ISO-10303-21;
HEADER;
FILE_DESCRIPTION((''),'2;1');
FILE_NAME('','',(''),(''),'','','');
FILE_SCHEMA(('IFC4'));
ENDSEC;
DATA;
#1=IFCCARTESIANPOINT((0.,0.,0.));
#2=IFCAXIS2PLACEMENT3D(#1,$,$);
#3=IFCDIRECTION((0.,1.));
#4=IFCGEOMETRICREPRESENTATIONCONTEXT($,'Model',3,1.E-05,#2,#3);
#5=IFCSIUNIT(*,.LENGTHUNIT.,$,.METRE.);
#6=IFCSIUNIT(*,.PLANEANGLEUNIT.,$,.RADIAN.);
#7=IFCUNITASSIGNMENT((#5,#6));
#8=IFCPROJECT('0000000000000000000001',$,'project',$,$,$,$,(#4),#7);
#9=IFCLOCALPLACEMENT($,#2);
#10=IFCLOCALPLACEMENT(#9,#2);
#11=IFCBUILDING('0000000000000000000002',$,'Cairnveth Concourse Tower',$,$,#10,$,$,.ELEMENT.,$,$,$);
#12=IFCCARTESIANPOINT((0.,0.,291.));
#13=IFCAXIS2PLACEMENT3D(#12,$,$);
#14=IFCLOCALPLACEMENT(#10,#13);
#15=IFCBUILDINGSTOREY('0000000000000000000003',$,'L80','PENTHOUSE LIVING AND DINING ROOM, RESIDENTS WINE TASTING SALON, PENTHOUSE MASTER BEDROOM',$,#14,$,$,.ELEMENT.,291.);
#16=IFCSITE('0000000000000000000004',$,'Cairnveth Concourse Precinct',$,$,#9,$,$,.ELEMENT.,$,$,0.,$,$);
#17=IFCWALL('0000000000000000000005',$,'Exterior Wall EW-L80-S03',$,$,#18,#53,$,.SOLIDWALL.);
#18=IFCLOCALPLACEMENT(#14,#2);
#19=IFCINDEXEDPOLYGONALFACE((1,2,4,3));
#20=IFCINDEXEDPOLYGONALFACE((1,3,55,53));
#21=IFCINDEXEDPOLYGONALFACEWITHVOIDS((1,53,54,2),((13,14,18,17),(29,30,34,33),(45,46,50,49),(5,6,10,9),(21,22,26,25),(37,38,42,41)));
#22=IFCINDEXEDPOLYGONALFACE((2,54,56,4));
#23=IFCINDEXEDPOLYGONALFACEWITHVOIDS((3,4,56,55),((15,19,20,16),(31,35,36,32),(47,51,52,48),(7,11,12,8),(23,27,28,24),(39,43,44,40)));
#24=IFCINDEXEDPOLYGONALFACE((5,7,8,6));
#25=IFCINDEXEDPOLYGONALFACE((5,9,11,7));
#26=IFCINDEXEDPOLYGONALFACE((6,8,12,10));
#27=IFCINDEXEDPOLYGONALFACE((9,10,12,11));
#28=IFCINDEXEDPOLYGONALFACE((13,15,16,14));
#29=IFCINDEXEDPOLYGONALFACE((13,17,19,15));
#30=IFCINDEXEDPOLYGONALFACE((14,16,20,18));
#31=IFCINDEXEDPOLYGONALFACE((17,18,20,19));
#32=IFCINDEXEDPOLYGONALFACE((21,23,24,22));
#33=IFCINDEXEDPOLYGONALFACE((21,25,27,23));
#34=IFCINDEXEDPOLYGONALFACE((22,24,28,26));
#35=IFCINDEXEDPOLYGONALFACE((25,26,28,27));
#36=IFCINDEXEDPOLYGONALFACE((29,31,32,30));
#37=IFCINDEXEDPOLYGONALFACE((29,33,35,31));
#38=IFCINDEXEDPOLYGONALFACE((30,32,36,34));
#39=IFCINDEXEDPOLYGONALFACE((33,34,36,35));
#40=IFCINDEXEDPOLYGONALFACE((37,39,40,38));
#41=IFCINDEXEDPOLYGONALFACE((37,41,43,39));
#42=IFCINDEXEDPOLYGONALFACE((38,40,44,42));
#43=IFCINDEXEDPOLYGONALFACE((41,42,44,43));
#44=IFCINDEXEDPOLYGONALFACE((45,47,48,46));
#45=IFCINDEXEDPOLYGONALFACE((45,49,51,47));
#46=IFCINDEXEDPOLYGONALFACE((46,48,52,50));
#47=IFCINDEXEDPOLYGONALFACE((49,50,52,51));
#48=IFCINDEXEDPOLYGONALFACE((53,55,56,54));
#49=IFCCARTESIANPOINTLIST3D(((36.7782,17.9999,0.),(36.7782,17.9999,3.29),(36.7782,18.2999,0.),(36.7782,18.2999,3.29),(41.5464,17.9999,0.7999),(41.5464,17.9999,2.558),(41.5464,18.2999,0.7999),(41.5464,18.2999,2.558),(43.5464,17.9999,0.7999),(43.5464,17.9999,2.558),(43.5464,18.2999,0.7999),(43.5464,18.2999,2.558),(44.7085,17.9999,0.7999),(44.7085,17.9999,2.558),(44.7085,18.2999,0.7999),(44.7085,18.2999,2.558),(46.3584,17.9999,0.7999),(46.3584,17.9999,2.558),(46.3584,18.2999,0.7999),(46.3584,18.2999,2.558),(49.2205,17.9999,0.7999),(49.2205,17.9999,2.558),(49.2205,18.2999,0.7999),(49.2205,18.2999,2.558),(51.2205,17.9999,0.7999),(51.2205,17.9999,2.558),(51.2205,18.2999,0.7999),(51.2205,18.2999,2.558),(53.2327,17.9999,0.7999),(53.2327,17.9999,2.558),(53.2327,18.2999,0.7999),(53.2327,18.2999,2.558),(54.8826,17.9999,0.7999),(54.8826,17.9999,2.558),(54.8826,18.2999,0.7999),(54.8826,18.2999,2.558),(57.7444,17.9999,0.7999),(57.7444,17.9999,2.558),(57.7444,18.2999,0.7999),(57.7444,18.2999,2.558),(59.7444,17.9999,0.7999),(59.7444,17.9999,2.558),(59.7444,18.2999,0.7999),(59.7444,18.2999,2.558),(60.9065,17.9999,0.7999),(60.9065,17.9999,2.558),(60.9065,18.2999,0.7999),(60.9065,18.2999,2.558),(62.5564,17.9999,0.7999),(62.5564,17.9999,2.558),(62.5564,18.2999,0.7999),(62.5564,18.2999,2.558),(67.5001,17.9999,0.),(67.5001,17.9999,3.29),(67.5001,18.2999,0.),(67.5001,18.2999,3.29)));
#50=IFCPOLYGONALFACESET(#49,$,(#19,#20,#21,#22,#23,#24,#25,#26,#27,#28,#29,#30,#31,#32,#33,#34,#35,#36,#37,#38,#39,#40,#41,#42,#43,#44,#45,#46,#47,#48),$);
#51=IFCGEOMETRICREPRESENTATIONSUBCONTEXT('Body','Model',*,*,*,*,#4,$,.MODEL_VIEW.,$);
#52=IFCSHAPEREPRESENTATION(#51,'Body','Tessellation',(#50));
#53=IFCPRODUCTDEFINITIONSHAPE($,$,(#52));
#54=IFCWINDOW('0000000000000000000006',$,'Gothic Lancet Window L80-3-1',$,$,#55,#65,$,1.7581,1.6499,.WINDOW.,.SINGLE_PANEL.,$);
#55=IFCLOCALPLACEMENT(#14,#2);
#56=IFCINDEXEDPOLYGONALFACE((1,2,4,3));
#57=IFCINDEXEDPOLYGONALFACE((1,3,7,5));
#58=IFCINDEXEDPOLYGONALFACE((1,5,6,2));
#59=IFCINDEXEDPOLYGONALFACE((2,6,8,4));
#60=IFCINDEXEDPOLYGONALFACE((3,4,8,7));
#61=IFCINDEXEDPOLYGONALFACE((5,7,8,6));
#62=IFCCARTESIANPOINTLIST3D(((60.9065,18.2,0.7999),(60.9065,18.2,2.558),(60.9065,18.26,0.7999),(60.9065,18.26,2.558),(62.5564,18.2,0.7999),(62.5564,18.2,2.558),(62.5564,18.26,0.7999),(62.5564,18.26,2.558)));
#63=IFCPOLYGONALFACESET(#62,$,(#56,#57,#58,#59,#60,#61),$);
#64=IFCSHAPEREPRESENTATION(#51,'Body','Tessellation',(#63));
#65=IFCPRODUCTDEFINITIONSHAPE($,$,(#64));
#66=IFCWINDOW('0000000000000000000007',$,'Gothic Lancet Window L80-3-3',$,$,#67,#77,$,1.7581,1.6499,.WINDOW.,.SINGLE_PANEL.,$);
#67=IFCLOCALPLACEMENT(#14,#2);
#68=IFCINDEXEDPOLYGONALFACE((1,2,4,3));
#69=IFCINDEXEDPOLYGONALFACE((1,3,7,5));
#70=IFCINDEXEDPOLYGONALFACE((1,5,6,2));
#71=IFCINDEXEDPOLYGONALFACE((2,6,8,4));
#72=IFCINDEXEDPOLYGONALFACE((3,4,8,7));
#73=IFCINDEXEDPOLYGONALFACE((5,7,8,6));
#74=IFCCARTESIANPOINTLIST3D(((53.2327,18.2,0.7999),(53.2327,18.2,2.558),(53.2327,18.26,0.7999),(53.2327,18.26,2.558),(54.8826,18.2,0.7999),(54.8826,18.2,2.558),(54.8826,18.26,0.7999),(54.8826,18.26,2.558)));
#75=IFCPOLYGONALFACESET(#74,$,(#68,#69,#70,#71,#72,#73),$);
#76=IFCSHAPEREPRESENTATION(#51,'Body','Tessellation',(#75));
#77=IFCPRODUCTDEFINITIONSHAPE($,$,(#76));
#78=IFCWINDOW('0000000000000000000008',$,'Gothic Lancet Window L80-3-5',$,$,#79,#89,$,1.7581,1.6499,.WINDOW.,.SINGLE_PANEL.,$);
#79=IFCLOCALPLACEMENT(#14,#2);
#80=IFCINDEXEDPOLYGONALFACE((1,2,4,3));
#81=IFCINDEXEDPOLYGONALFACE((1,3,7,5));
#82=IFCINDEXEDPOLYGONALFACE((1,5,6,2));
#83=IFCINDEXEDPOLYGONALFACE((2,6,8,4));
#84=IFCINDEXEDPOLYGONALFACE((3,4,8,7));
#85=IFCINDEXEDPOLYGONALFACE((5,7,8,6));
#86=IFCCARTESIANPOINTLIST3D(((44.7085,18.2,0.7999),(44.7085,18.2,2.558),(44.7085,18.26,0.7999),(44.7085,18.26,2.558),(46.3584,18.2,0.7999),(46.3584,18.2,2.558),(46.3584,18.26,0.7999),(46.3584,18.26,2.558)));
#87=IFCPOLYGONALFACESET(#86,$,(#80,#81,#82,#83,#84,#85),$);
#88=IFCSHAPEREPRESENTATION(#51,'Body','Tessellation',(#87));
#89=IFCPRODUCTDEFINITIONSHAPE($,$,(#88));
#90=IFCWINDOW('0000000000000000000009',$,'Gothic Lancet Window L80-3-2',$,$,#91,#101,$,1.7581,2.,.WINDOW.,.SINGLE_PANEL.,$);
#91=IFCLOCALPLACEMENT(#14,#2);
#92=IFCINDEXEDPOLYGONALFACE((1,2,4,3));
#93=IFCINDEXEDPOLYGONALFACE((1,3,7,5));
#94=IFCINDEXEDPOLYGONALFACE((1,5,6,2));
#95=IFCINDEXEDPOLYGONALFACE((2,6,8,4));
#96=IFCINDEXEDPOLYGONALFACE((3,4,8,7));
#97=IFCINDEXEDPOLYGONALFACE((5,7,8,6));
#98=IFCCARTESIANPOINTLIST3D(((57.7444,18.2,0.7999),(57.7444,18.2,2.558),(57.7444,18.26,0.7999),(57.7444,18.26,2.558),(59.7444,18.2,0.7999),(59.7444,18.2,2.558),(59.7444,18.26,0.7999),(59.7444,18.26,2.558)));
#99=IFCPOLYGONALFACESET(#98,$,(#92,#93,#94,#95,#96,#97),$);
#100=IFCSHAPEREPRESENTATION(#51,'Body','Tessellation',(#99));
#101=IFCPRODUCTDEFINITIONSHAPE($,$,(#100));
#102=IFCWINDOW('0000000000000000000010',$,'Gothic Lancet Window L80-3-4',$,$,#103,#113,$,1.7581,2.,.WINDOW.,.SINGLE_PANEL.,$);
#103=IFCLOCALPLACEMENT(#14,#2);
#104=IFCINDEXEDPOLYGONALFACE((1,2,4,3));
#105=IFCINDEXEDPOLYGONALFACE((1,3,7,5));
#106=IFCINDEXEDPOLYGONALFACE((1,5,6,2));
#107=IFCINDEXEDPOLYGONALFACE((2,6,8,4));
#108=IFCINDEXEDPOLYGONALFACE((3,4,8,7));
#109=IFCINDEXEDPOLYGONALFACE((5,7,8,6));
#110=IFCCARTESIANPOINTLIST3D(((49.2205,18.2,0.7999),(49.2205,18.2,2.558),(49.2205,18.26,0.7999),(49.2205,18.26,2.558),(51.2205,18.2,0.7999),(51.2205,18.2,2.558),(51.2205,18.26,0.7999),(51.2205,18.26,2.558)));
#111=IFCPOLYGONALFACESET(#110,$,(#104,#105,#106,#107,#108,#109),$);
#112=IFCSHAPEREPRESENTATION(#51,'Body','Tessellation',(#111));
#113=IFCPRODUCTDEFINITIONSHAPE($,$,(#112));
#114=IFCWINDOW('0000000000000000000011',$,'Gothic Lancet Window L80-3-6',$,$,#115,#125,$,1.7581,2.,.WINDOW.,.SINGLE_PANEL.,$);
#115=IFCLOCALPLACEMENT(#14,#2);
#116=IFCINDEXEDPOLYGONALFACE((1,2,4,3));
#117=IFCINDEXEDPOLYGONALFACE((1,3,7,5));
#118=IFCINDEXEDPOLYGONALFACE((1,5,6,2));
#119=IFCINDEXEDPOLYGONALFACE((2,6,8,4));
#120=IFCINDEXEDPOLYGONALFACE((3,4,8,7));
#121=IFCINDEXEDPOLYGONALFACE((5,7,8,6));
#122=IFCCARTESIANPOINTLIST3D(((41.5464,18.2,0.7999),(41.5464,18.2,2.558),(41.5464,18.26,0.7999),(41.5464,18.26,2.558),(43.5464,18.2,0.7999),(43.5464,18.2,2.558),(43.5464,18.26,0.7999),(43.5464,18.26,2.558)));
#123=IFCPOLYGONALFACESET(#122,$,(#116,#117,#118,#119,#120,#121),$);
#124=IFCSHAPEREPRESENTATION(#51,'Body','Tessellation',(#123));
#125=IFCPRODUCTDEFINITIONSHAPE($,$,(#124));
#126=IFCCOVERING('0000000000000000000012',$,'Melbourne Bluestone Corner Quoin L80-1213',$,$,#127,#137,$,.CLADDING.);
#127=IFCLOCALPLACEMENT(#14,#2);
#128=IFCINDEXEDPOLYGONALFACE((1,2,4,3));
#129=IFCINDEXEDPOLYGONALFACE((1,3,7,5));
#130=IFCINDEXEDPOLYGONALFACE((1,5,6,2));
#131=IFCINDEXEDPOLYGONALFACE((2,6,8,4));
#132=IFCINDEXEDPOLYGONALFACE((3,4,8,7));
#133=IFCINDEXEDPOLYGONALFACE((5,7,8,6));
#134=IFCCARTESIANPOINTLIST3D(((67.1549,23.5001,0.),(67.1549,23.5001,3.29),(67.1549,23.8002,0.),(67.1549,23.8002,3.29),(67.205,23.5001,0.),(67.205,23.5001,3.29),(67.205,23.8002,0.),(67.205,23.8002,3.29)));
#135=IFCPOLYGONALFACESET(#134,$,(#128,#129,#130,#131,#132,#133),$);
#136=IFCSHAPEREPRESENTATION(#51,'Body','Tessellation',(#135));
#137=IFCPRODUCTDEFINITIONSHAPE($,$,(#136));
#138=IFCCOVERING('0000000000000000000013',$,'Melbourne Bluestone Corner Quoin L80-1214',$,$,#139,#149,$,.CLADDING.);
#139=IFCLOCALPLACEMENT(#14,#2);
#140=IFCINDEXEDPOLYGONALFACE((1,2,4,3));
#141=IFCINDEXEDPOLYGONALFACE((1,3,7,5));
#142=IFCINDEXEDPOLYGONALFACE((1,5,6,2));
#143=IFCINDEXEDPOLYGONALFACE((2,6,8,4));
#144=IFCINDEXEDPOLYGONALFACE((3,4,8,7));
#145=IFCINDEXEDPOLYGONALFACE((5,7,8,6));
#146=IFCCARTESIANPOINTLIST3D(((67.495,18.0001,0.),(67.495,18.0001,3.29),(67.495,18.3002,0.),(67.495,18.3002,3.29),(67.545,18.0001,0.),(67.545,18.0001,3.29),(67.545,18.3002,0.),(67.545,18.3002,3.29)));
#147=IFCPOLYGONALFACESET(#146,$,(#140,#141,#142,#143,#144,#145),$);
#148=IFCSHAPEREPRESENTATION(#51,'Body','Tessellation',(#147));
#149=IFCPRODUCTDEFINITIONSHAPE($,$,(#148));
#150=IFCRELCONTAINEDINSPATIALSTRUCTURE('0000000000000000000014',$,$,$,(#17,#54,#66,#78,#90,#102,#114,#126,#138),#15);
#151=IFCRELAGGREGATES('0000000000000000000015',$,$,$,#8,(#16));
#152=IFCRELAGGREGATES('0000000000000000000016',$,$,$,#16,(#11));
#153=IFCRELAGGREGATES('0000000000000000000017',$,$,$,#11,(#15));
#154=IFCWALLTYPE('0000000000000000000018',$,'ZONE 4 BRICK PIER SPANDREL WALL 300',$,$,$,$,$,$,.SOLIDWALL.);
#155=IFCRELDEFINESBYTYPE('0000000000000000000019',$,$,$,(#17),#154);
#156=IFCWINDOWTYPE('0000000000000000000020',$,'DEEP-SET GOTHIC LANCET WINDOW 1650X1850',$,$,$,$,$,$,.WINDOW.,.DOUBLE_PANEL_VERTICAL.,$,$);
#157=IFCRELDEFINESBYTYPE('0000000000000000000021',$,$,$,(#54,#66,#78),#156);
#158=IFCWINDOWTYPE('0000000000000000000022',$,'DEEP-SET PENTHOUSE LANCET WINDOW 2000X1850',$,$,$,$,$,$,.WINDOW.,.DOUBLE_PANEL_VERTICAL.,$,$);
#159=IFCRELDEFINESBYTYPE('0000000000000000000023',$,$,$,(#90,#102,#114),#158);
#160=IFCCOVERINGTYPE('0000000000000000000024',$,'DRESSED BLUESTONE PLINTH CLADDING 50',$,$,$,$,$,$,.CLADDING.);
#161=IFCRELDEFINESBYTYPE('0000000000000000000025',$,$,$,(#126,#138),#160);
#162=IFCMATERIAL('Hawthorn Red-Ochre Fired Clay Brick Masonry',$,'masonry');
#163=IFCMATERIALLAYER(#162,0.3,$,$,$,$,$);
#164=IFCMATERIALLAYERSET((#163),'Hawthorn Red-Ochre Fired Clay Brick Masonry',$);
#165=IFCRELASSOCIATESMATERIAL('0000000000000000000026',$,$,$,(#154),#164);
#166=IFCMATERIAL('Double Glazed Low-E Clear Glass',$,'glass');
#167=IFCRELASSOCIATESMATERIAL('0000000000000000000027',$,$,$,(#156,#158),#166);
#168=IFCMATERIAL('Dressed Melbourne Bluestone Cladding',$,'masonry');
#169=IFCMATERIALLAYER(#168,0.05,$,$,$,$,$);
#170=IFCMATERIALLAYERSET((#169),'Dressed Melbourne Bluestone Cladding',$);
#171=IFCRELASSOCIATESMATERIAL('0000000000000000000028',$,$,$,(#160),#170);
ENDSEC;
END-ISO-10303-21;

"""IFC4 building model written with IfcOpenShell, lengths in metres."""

from ifc_helpers import new_model, si_unit, direction, frame, frame_2d, origin, place, context, subcontext, project, spatial, rectangle, extrude, material, layer, layer_set, type_object, element, fill, save


model = new_model("IFC4")

# Units and contexts
model_context = context("Model", 3, precision=1e-05, world=origin(), true_north=direction((0.0, 1.0)))
body_context = subcontext(model_context, "Body", "Model", "MODEL_VIEW")
ifc_project = project(units=[si_unit("LENGTHUNIT", "METRE"), si_unit("PLANEANGLEUNIT", "RADIAN")], contexts=[model_context])

# Site, building, storey
site_placement = place(None, origin())
site = spatial("IfcSite", under=ifc_project, at=site_placement, Name="Cairnveth Concourse Precinct", CompositionType="ELEMENT", RefElevation=0.0)
building_placement = place(site_placement, origin())
building = spatial("IfcBuilding", under=site, at=building_placement, Name="Cairnveth Concourse Tower", CompositionType="ELEMENT")
storey_placement = place(building_placement, frame((0.0, 0.0, 291.0)))
storey = spatial("IfcBuildingStorey", under=building, at=storey_placement, Name="L80", Description="PENTHOUSE LIVING AND DINING ROOM, RESIDENTS WINE TASTING SALON, PENTHOUSE MASTER BEDROOM", CompositionType="ELEMENT", Elevation=291.0)

# Shared definitions
ifc_material_1 = material(Name="Hawthorn Red-Ochre Fired Clay Brick Masonry", Category="masonry")
ifc_layer_1 = layer(ifc_material_1, 0.3)
ifc_layer_set_1 = layer_set([ifc_layer_1], Name="Hawthorn Red-Ochre Fired Clay Brick Masonry")
wall_type = type_object("IfcWallType", Name="ZONE 4 BRICK PIER SPANDREL WALL 300", PredefinedType="SOLIDWALL", material=ifc_layer_set_1)
ifc_material_2 = material(Name="Double Glazed Low-E Clear Glass", Category="glass")

# Wall, openings, windows
wall_1_placement = place(storey_placement, frame((67.5, 18.1499, 0.0), z_axis=(0.0, 0.0, 1.0), x_axis=(-1.0, 0.0, 0.0)))
wall_1 = element("IfcWall", 1, at=wall_1_placement, inside=storey, type_object=wall_type, Name="Exterior Wall EW-L80-S03", PredefinedType="SOLIDWALL", context=body_context, shape_type="SweptSolid", body=[
    extrude(rectangle(XDim=30.7219, YDim=0.3, at=frame_2d((15.3608, 0.0))), origin(), (0.0, 0.0, 1.0), 3.29),
])
opening_1_placement = place(wall_1_placement, frame((4.9436, 0.0, 0.8)))
opening_1 = element("IfcOpeningElement", 2, at=opening_1_placement, cuts=wall_1, PredefinedType="OPENING", context=body_context, shape_type="SweptSolid", body=[
    extrude(rectangle(XDim=1.6499, YDim=1.7581, at=frame_2d((0.825, 0.8789))), frame((0.0, 0.1599, 0.0), z_axis=(0.0, -1.0, 0.0), x_axis=(1.0, 0.0, 0.0)), (0.0, 0.0, 1.0), 0.3201),
])
opening_2_placement = place(wall_1_placement, frame((7.7556, 0.0, 0.8)))
opening_2 = element("IfcOpeningElement", 3, at=opening_2_placement, cuts=wall_1, PredefinedType="OPENING", context=body_context, shape_type="SweptSolid", body=[
    extrude(rectangle(XDim=2.0, YDim=1.7581, at=frame_2d((1.0, 0.8789))), frame((0.0, 0.1599, 0.0), z_axis=(0.0, -1.0, 0.0), x_axis=(1.0, 0.0, 0.0)), (0.0, 0.0, 1.0), 0.3201),
])
opening_3_placement = place(wall_1_placement, frame((12.6174, 0.0, 0.8)))
opening_3 = element("IfcOpeningElement", 4, at=opening_3_placement, cuts=wall_1, PredefinedType="OPENING", context=body_context, shape_type="SweptSolid", body=[
    extrude(rectangle(XDim=1.6499, YDim=1.7581, at=frame_2d((0.825, 0.8789))), frame((0.0, 0.1599, 0.0), z_axis=(0.0, -1.0, 0.0), x_axis=(1.0, 0.0, 0.0)), (0.0, 0.0, 1.0), 0.3201),
])
opening_4_placement = place(wall_1_placement, frame((16.2795, 0.0, 0.8)))
opening_4 = element("IfcOpeningElement", 5, at=opening_4_placement, cuts=wall_1, PredefinedType="OPENING", context=body_context, shape_type="SweptSolid", body=[
    extrude(rectangle(XDim=2.0, YDim=1.7581, at=frame_2d((1.0, 0.8789))), frame((0.0, 0.1599, 0.0), z_axis=(0.0, -1.0, 0.0), x_axis=(1.0, 0.0, 0.0)), (0.0, 0.0, 1.0), 0.3201),
])
opening_5_placement = place(wall_1_placement, frame((21.1416, 0.0, 0.8)))
opening_5 = element("IfcOpeningElement", 6, at=opening_5_placement, cuts=wall_1, PredefinedType="OPENING", context=body_context, shape_type="SweptSolid", body=[
    extrude(rectangle(XDim=1.6499, YDim=1.7581, at=frame_2d((0.825, 0.8789))), frame((0.0, 0.1599, 0.0), z_axis=(0.0, -1.0, 0.0), x_axis=(1.0, 0.0, 0.0)), (0.0, 0.0, 1.0), 0.3201),
])
opening_6_placement = place(wall_1_placement, frame((23.9536, 0.0, 0.8)))
opening_6 = element("IfcOpeningElement", 7, at=opening_6_placement, cuts=wall_1, PredefinedType="OPENING", context=body_context, shape_type="SweptSolid", body=[
    extrude(rectangle(XDim=2.0, YDim=1.7581, at=frame_2d((1.0, 0.8789))), frame((0.0, 0.1599, 0.0), z_axis=(0.0, -1.0, 0.0), x_axis=(1.0, 0.0, 0.0)), (0.0, 0.0, 1.0), 0.3201),
])
window_type_1 = type_object("IfcWindowType", Name="DEEP-SET GOTHIC LANCET WINDOW 1650X1850", PartitioningType="DOUBLE_PANEL_VERTICAL", PredefinedType="WINDOW", material=ifc_material_2)
window_1_placement = place(opening_1_placement, origin())
window_1 = element("IfcWindow", 8, at=window_1_placement, inside=storey, type_object=window_type_1, Name="Gothic Lancet Window L80-3-1", OverallHeight=1.7581, OverallWidth=1.6499, PartitioningType="SINGLE_PANEL", PredefinedType="WINDOW", context=body_context, shape_type="SweptSolid", body=[
    extrude(rectangle(XDim=1.6499, YDim=1.7581, at=frame_2d((0.825, 0.8789))), frame((0.0, -0.05, 0.0), z_axis=(0.0, -1.0, 0.0), x_axis=(1.0, 0.0, 0.0)), (0.0, 0.0, 1.0), 0.0601),
])
fill(opening_1, window_1)
window_2_placement = place(opening_3_placement, origin())
window_2 = element("IfcWindow", 9, at=window_2_placement, inside=storey, type_object=window_type_1, Name="Gothic Lancet Window L80-3-3", OverallHeight=1.7581, OverallWidth=1.6499, PartitioningType="SINGLE_PANEL", PredefinedType="WINDOW", context=body_context, shape_type="SweptSolid", body=[
    extrude(rectangle(XDim=1.6499, YDim=1.7581, at=frame_2d((0.825, 0.8789))), frame((0.0, -0.05, 0.0), z_axis=(0.0, -1.0, 0.0), x_axis=(1.0, 0.0, 0.0)), (0.0, 0.0, 1.0), 0.0601),
])
fill(opening_3, window_2)
window_3_placement = place(opening_5_placement, origin())
window_3 = element("IfcWindow", 10, at=window_3_placement, inside=storey, type_object=window_type_1, Name="Gothic Lancet Window L80-3-5", OverallHeight=1.7581, OverallWidth=1.6499, PartitioningType="SINGLE_PANEL", PredefinedType="WINDOW", context=body_context, shape_type="SweptSolid", body=[
    extrude(rectangle(XDim=1.6499, YDim=1.7581, at=frame_2d((0.825, 0.8789))), frame((0.0, -0.05, 0.0), z_axis=(0.0, -1.0, 0.0), x_axis=(1.0, 0.0, 0.0)), (0.0, 0.0, 1.0), 0.0601),
])
fill(opening_5, window_3)
window_type_2 = type_object("IfcWindowType", Name="DEEP-SET PENTHOUSE LANCET WINDOW 2000X1850", PartitioningType="DOUBLE_PANEL_VERTICAL", PredefinedType="WINDOW", material=ifc_material_2)
window_4_placement = place(opening_2_placement, origin())
window_4 = element("IfcWindow", 11, at=window_4_placement, inside=storey, type_object=window_type_2, Name="Gothic Lancet Window L80-3-2", OverallHeight=1.7581, OverallWidth=2.0, PartitioningType="SINGLE_PANEL", PredefinedType="WINDOW", context=body_context, shape_type="SweptSolid", body=[
    extrude(rectangle(XDim=2.0, YDim=1.7581, at=frame_2d((1.0, 0.8789))), frame((0.0, -0.05, 0.0), z_axis=(0.0, -1.0, 0.0), x_axis=(1.0, 0.0, 0.0)), (0.0, 0.0, 1.0), 0.0601),
])
fill(opening_2, window_4)
window_5_placement = place(opening_4_placement, origin())
window_5 = element("IfcWindow", 12, at=window_5_placement, inside=storey, type_object=window_type_2, Name="Gothic Lancet Window L80-3-4", OverallHeight=1.7581, OverallWidth=2.0, PartitioningType="SINGLE_PANEL", PredefinedType="WINDOW", context=body_context, shape_type="SweptSolid", body=[
    extrude(rectangle(XDim=2.0, YDim=1.7581, at=frame_2d((1.0, 0.8789))), frame((0.0, -0.05, 0.0), z_axis=(0.0, -1.0, 0.0), x_axis=(1.0, 0.0, 0.0)), (0.0, 0.0, 1.0), 0.0601),
])
fill(opening_4, window_5)
window_6_placement = place(opening_6_placement, origin())
window_6 = element("IfcWindow", 13, at=window_6_placement, inside=storey, type_object=window_type_2, Name="Gothic Lancet Window L80-3-6", OverallHeight=1.7581, OverallWidth=2.0, PartitioningType="SINGLE_PANEL", PredefinedType="WINDOW", context=body_context, shape_type="SweptSolid", body=[
    extrude(rectangle(XDim=2.0, YDim=1.7581, at=frame_2d((1.0, 0.8789))), frame((0.0, -0.05, 0.0), z_axis=(0.0, -1.0, 0.0), x_axis=(1.0, 0.0, 0.0)), (0.0, 0.0, 1.0), 0.0601),
])
fill(opening_6, window_6)

# Coverings
ifc_material_3 = material(Name="Dressed Melbourne Bluestone Cladding", Category="masonry")
ifc_layer_2 = layer(ifc_material_3, 0.05)
ifc_layer_set_2 = layer_set([ifc_layer_2], Name="Dressed Melbourne Bluestone Cladding")
covering_type = type_object("IfcCoveringType", Name="DRESSED BLUESTONE PLINTH CLADDING 50", PredefinedType="CLADDING", material=ifc_layer_set_2)
for number, where, z_axis, x_axis, name in (
    (14, (67.1799, 23.8, 0.0), (0.0, 0.0, 1.0), (0.0, -1.0, 0.0), "Melbourne Bluestone Corner Quoin L80-1213"),
    (15, (67.52, 18.3, 0.0), (0.0, 0.0, 1.0), (0.0, -1.0, 0.0), "Melbourne Bluestone Corner Quoin L80-1214"),
):
    element("IfcCovering", number, at=place(storey_placement, frame(where, z_axis=z_axis, x_axis=x_axis)), inside=storey, type_object=covering_type, Name=name, PredefinedType="CLADDING", context=body_context, shape_type="SweptSolid", body=[
        extrude(rectangle(XDim=0.3, YDim=0.05, at=frame_2d((0.1499, 0.0))), origin(), (0.0, 0.0, 1.0), 3.29),
    ])

save(model, "model.ifc")
